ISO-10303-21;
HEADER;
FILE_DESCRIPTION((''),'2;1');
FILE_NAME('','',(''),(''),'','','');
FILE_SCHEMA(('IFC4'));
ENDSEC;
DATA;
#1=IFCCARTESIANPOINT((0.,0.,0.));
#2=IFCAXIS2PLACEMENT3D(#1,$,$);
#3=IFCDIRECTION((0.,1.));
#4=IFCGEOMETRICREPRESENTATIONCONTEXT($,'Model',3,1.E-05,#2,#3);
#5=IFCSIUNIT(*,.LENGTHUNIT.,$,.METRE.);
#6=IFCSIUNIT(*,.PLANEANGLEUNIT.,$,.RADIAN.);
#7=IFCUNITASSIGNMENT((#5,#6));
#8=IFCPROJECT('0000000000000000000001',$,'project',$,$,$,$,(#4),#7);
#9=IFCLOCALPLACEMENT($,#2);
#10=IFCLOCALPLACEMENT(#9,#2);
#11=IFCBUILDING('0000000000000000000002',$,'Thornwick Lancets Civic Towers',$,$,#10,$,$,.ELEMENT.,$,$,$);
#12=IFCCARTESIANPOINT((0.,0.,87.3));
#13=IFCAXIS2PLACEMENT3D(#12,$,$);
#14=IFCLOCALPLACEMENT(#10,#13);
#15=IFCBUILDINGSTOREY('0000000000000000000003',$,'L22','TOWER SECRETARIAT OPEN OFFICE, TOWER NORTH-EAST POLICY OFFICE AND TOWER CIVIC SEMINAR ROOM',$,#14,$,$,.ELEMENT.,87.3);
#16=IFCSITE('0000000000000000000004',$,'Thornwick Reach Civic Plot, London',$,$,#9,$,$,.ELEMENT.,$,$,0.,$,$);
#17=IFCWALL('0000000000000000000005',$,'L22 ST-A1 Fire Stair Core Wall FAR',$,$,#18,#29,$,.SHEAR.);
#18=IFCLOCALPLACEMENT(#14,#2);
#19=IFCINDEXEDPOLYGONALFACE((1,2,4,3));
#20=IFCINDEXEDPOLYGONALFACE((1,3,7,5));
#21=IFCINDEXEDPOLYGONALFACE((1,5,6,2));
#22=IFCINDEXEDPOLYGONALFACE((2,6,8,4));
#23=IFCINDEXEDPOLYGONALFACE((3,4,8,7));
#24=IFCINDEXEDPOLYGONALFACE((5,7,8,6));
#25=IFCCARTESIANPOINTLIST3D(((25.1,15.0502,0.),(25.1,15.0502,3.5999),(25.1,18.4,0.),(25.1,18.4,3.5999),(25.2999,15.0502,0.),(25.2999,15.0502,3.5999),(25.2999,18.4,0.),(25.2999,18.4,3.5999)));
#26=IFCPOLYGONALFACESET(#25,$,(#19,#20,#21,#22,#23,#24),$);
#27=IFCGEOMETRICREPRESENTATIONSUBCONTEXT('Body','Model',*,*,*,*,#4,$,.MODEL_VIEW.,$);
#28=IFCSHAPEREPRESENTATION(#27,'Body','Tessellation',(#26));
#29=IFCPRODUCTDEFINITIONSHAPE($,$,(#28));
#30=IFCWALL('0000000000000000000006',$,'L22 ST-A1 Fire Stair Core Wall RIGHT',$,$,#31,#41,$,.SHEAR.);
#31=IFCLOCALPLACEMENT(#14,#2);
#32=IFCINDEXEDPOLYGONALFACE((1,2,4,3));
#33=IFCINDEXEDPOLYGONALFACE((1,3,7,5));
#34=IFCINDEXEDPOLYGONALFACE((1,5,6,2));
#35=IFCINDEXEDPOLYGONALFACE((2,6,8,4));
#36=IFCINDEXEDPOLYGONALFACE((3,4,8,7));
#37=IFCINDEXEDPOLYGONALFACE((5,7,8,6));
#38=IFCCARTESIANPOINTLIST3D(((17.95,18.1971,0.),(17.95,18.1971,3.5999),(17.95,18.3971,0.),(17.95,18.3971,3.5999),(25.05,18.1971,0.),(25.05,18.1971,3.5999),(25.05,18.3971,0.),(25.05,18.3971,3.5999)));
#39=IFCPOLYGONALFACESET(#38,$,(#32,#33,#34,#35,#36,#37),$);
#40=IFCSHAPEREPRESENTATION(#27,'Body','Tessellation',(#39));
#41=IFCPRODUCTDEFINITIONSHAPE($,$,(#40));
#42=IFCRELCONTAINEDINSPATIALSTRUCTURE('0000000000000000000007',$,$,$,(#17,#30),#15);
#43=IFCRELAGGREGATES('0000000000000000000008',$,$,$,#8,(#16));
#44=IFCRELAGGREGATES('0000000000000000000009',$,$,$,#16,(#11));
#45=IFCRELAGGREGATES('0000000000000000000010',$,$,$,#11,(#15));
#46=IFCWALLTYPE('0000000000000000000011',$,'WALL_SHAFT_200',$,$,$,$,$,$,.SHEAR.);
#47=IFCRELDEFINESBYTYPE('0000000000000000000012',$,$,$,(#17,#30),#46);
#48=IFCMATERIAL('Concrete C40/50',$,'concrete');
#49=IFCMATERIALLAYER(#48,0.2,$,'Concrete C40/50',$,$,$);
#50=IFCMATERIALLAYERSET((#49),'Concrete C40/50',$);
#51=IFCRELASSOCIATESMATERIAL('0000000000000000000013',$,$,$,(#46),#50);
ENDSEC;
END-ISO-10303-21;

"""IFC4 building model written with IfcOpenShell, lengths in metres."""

from ifc_helpers import new_model, si_unit, direction, frame, frame_2d, origin, place, context, subcontext, project, spatial, rectangle, extrude, material, layer, layer_set, type_object, element, save


model = new_model("IFC4")

# Units and contexts
model_context = context("Model", 3, precision=1e-05, world=origin(), true_north=direction((0.0, 1.0)))
body_context = subcontext(model_context, "Body", "Model", "MODEL_VIEW")
ifc_project = project(units=[si_unit("LENGTHUNIT", "METRE"), si_unit("PLANEANGLEUNIT", "RADIAN")], contexts=[model_context])

# Site, building, storey
site_placement = place(None, origin())
site = spatial("IfcSite", under=ifc_project, at=site_placement, Name="Thornwick Reach Civic Plot, London", CompositionType="ELEMENT", RefElevation=0.0)
building_placement = place(site_placement, origin())
building = spatial("IfcBuilding", under=site, at=building_placement, Name="Thornwick Lancets Civic Towers", CompositionType="ELEMENT")
storey_placement = place(building_placement, frame((0.0, 0.0, 87.3)))
storey = spatial("IfcBuildingStorey", under=building, at=storey_placement, Name="L22", Description="TOWER SECRETARIAT OPEN OFFICE, TOWER NORTH-EAST POLICY OFFICE AND TOWER CIVIC SEMINAR ROOM", CompositionType="ELEMENT", Elevation=87.3)

# Walls
ifc_material_1 = material(Name="Concrete C40/50", Category="concrete")
ifc_layer_1 = layer(ifc_material_1, 0.2, Name="Concrete C40/50")
ifc_layer_set_1 = layer_set([ifc_layer_1], Name="Concrete C40/50")
wall_type_1 = type_object("IfcWallType", Name="WALL_SHAFT_200", PredefinedType="SHEAR", material=ifc_layer_set_1)
wall_1_placement = place(storey_placement, frame((25.2, 18.3999, 0.0), z_axis=(0.0, 0.0, 1.0), x_axis=(0.0, -1.0, 0.0)))
element("IfcWall", 1, at=wall_1_placement, inside=storey, type_object=wall_type_1, Name="L22 ST-A1 Fire Stair Core Wall FAR", PredefinedType="SHEAR", context=body_context, shape_type="SweptSolid", body=[
    extrude(rectangle(XDim=3.3499, YDim=0.2, at=frame_2d((1.6748, 0.0))), origin(), (0.0, 0.0, 1.0), 3.5999),
])
wall_2_placement = place(storey_placement, frame((25.05, 18.2971, 0.0), z_axis=(0.0, 0.0, 1.0), x_axis=(-1.0, 0.0, 0.0)))
element("IfcWall", 2, at=wall_2_placement, inside=storey, type_object=wall_type_1, Name="L22 ST-A1 Fire Stair Core Wall RIGHT", PredefinedType="SHEAR", context=body_context, shape_type="SweptSolid", body=[
    extrude(rectangle(XDim=7.1001, YDim=0.2, at=frame_2d((3.55, 0.0))), origin(), (0.0, 0.0, 1.0), 3.5999),
])

save(model, "model.ifc")
